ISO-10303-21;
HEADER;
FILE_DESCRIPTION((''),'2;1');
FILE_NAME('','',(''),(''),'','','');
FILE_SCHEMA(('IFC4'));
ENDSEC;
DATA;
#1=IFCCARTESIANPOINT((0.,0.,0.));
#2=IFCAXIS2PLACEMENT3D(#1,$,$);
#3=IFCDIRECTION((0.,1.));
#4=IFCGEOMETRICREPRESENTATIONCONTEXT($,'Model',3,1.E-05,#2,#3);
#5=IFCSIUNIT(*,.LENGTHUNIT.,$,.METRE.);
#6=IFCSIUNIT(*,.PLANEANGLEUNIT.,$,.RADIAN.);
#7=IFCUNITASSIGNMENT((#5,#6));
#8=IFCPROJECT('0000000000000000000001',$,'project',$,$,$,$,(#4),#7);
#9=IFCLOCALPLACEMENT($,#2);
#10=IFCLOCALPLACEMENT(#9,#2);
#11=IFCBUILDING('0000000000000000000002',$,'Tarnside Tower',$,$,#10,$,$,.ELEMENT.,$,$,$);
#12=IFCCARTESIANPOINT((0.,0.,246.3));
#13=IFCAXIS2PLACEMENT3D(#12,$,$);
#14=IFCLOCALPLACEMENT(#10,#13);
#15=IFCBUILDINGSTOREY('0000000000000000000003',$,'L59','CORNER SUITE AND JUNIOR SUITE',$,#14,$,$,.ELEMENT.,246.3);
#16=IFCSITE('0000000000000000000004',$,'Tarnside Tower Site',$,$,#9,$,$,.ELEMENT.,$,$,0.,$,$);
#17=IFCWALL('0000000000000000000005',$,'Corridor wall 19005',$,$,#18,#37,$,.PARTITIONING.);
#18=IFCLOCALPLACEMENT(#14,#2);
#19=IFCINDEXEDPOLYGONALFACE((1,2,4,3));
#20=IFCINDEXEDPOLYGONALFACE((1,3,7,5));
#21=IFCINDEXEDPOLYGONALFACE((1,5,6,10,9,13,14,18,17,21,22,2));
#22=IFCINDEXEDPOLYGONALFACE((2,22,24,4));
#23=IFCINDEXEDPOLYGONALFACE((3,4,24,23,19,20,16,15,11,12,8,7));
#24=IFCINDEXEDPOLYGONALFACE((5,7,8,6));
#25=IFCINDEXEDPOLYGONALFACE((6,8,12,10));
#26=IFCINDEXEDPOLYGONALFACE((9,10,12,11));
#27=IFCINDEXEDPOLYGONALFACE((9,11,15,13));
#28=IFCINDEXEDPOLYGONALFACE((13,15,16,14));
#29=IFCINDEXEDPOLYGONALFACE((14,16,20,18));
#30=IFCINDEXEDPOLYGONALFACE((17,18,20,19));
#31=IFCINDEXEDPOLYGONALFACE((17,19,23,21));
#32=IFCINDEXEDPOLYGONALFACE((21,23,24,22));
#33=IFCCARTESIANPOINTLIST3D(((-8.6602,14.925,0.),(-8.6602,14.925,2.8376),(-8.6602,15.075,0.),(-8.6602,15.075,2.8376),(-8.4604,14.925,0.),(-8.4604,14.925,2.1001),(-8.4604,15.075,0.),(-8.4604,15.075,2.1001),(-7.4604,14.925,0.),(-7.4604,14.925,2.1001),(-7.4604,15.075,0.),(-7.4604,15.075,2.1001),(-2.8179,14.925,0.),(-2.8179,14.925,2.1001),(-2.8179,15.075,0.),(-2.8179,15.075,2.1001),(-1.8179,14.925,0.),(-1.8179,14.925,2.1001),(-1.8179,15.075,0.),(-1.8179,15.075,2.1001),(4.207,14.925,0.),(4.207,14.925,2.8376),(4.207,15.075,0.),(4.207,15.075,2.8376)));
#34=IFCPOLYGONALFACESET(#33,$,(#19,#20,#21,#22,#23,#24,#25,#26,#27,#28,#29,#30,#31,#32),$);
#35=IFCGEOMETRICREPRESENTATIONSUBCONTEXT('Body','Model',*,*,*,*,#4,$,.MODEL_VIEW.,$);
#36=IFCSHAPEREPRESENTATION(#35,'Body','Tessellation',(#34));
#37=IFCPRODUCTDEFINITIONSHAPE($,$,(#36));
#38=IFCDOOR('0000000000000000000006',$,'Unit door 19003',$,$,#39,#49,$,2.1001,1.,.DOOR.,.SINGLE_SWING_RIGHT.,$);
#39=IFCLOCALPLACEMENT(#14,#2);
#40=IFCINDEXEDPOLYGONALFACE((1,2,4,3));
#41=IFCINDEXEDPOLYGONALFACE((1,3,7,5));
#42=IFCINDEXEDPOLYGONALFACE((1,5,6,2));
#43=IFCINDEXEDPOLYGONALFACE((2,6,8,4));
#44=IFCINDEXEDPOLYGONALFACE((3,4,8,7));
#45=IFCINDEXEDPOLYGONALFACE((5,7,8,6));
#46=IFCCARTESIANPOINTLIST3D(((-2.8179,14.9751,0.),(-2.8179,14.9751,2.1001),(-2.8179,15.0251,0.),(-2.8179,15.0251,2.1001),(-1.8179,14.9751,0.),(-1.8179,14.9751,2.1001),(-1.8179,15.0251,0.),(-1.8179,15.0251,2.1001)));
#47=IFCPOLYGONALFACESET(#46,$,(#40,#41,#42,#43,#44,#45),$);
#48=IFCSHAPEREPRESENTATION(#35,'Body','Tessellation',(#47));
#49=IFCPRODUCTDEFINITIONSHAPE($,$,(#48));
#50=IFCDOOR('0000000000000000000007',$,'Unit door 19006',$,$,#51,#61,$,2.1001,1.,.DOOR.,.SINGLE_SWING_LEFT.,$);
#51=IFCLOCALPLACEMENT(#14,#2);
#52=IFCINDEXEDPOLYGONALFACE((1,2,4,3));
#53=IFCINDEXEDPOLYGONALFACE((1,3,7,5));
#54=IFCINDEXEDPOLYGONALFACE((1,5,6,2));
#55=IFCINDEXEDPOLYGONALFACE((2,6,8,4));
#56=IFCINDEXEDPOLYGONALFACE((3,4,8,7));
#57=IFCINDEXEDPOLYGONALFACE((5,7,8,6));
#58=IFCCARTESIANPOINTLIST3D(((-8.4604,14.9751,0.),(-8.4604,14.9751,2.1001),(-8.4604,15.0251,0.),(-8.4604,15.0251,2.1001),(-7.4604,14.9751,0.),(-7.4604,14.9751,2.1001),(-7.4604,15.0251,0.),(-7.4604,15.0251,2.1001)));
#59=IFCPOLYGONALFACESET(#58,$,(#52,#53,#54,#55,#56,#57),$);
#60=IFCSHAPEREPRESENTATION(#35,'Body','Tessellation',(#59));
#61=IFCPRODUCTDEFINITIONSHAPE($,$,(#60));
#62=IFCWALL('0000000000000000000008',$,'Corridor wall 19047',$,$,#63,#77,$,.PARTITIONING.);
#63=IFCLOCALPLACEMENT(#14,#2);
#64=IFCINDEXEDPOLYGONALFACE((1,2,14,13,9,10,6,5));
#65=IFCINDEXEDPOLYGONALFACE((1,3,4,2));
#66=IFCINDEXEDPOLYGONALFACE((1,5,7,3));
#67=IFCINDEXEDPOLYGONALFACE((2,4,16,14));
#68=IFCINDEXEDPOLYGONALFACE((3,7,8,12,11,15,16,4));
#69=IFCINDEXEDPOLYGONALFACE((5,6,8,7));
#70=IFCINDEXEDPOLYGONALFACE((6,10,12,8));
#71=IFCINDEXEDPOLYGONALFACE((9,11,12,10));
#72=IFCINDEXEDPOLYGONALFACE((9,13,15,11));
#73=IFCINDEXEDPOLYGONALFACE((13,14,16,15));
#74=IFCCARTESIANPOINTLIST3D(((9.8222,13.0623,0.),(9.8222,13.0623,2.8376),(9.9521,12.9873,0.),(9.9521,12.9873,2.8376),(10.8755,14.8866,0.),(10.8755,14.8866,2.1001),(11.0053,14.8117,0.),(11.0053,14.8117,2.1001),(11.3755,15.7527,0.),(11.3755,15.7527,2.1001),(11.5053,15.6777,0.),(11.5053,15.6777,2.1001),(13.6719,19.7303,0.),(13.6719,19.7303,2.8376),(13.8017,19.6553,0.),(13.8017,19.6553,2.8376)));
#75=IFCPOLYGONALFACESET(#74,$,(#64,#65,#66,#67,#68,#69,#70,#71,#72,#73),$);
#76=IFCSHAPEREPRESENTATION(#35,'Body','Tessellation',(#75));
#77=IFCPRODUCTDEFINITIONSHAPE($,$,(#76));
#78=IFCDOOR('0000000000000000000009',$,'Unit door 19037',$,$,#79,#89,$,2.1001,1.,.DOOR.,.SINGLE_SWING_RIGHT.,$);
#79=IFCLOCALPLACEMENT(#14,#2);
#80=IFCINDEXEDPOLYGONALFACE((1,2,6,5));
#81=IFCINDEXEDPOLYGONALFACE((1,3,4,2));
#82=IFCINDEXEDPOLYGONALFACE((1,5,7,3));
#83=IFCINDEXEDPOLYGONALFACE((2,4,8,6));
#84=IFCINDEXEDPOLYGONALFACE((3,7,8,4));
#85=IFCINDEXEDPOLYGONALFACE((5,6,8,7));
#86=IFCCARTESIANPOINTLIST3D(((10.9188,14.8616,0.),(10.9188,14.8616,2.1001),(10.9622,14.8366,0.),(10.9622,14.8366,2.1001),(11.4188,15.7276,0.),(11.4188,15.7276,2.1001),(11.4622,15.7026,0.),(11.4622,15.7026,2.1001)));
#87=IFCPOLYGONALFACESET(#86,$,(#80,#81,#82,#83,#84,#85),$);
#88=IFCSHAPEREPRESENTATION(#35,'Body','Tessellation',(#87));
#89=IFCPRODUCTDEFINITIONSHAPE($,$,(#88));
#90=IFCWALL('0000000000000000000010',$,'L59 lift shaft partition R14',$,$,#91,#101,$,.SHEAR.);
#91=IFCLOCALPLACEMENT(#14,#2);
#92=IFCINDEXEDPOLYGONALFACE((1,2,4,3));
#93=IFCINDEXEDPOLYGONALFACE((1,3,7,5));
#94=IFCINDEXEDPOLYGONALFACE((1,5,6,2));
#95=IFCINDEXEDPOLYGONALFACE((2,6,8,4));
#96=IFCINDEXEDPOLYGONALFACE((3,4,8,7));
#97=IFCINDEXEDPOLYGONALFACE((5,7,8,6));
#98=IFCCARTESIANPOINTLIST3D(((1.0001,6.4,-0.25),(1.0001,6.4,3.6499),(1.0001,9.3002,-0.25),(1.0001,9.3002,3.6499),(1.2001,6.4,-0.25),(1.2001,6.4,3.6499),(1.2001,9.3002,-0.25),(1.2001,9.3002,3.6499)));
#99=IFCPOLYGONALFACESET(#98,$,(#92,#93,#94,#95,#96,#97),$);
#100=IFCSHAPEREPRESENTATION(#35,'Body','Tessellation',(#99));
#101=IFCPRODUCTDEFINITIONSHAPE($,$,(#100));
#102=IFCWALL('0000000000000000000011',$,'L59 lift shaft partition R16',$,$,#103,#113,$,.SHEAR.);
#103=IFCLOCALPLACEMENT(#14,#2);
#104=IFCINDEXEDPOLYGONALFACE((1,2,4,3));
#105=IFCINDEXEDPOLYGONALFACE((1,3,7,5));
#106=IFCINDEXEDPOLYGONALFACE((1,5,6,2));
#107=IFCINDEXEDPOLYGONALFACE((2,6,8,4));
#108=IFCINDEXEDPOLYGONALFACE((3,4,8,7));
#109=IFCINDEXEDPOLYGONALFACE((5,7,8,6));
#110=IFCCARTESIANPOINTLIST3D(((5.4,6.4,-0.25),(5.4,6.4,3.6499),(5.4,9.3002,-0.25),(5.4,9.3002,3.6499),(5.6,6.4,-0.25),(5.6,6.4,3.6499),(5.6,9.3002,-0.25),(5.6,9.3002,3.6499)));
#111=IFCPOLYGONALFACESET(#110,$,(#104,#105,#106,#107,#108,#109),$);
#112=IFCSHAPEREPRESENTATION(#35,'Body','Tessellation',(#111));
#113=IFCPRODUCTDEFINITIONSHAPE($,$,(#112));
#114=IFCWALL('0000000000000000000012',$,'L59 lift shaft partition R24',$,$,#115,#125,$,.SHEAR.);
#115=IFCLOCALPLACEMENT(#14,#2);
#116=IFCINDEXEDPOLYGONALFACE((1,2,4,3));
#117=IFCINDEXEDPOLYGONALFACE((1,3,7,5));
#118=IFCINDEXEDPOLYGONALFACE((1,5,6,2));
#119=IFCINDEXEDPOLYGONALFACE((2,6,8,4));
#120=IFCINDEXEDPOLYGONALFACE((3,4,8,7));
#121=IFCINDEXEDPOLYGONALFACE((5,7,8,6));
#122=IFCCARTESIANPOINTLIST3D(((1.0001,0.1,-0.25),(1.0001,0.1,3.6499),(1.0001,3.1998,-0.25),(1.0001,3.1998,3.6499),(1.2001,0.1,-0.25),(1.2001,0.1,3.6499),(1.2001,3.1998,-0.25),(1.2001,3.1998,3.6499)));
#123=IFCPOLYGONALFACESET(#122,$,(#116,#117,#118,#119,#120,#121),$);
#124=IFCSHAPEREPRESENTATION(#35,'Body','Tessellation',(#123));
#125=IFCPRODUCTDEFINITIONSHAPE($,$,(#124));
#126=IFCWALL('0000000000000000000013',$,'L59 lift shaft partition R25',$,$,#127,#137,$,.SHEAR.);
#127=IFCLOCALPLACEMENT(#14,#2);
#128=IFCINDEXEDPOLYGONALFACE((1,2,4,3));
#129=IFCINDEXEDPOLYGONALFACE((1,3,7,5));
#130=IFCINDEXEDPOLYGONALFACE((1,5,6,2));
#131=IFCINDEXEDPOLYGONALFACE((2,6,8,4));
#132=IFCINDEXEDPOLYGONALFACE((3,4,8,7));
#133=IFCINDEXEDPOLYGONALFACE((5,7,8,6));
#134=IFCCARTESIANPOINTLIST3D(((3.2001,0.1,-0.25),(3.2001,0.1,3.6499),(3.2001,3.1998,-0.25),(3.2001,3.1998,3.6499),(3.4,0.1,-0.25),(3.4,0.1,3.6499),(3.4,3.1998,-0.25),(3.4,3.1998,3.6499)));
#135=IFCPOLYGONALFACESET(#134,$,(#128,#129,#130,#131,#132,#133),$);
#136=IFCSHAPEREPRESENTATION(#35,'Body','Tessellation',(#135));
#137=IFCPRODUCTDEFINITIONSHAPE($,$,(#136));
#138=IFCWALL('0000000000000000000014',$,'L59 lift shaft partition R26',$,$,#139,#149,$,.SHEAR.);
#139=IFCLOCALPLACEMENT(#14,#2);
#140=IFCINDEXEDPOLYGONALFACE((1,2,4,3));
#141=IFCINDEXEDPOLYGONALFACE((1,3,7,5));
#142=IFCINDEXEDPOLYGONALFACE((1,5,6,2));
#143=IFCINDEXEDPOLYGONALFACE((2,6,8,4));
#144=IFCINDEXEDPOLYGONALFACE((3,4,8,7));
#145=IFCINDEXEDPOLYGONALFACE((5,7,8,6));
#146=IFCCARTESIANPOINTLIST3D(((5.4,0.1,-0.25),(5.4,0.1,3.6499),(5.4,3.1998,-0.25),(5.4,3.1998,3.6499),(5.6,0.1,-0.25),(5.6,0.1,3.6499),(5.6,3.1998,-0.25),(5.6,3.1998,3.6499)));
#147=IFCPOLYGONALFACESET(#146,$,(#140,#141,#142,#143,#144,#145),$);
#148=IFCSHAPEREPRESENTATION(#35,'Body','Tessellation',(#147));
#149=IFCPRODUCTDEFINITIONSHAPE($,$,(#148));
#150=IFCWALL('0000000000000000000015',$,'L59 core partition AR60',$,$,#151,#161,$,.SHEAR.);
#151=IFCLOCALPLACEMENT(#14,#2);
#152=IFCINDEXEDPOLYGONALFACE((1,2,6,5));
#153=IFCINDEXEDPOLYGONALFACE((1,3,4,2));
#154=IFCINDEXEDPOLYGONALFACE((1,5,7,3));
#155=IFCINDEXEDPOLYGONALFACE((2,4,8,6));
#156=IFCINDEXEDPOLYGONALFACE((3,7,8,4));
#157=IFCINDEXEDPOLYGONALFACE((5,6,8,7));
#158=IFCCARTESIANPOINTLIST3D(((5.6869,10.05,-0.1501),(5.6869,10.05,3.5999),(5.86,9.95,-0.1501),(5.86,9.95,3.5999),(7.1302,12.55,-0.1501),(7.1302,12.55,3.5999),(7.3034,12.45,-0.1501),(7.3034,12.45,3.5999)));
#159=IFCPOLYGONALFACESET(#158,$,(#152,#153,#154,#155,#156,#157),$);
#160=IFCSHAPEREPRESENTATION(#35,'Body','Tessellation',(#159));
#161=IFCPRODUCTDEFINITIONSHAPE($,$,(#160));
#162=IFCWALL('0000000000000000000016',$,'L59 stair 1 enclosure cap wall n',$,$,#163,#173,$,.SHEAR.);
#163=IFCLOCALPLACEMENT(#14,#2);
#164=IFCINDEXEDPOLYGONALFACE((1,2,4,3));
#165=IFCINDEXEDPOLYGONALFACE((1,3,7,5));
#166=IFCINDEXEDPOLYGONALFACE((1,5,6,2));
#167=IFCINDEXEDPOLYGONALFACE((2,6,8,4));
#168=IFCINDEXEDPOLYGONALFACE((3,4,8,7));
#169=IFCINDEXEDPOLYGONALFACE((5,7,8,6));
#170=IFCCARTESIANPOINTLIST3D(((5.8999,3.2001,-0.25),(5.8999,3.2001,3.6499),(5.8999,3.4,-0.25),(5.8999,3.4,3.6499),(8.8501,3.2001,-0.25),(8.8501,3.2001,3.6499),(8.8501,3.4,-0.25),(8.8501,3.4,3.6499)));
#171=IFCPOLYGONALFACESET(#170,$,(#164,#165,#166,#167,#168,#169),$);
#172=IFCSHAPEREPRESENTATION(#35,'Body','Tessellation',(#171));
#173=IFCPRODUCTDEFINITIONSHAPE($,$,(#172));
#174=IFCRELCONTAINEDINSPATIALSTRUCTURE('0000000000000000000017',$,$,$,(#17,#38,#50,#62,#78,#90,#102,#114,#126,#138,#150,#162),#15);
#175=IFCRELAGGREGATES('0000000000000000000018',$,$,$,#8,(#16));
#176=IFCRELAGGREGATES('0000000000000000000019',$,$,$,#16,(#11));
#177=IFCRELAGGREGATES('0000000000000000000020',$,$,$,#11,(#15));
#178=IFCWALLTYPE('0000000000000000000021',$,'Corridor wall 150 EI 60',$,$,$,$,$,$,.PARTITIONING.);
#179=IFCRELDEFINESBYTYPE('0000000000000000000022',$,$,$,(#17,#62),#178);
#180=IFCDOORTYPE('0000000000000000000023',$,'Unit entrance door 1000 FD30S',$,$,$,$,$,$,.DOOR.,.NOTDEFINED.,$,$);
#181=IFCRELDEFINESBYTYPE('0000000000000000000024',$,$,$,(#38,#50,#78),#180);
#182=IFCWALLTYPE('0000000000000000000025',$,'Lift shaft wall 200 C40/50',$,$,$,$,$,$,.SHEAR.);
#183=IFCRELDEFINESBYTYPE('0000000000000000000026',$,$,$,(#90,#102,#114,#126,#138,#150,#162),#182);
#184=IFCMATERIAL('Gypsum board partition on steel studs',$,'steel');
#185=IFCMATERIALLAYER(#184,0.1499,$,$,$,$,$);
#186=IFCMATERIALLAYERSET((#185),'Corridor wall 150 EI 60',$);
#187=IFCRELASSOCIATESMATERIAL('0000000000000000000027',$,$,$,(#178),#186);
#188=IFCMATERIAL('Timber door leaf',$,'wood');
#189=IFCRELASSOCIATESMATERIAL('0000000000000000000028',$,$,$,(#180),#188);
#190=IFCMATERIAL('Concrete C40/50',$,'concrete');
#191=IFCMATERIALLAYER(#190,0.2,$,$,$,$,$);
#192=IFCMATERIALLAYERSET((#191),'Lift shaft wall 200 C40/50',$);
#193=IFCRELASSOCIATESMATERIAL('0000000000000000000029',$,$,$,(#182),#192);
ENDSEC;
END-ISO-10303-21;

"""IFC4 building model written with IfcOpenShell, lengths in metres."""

from ifc_helpers import new_model, si_unit, direction, frame, frame_2d, origin, place, context, subcontext, project, spatial, rectangle, extrude, material, layer, layer_set, type_object, element, fill, save


model = new_model("IFC4")

# Units and contexts
model_context = context("Model", 3, precision=1e-05, world=origin(), true_north=direction((0.0, 1.0)))
body_context = subcontext(model_context, "Body", "Model", "MODEL_VIEW")
ifc_project = project(units=[si_unit("LENGTHUNIT", "METRE"), si_unit("PLANEANGLEUNIT", "RADIAN")], contexts=[model_context])

# Site, building, storey
site_placement = place(None, origin())
site = spatial("IfcSite", under=ifc_project, at=site_placement, Name="Tarnside Tower Site", CompositionType="ELEMENT", RefElevation=0.0)
building_placement = place(site_placement, origin())
building = spatial("IfcBuilding", under=site, at=building_placement, Name="Tarnside Tower", CompositionType="ELEMENT")
storey_placement = place(building_placement, frame((0.0, 0.0, 246.3)))
storey = spatial("IfcBuildingStorey", under=building, at=storey_placement, Name="L59", Description="CORNER SUITE AND JUNIOR SUITE", CompositionType="ELEMENT", Elevation=246.3)

# Shared definitions
ifc_material_1 = material(Name="Gypsum board partition on steel studs", Category="steel")
ifc_material_2 = material(Name="Timber door leaf", Category="wood")

# Wall, openings, doors
ifc_layer_1 = layer(ifc_material_1, 0.1499)
ifc_layer_set_1 = layer_set([ifc_layer_1], Name="Corridor wall 150 EI 60")
wall_type_1 = type_object("IfcWallType", Name="Corridor wall 150 EI 60", PredefinedType="PARTITIONING", material=ifc_layer_set_1)
wall_1_placement = place(storey_placement, frame((4.207, 15.0, 0.0), z_axis=(0.0, 0.0, 1.0), x_axis=(-1.0, 0.0, 0.0)))
wall_1 = element("IfcWall", 1, at=wall_1_placement, inside=storey, type_object=wall_type_1, Name="Corridor wall 19005", PredefinedType="PARTITIONING", context=body_context, shape_type="SweptSolid", body=[
    extrude(rectangle(XDim=12.8672, YDim=0.1499, at=frame_2d((6.4336, 0.0))), origin(), (0.0, 0.0, 1.0), 2.8376),
])
opening_1_placement = place(wall_1_placement, frame((6.0249, 0.0, 0.0)))
opening_1 = element("IfcOpeningElement", 2, at=opening_1_placement, cuts=wall_1, PredefinedType="OPENING", context=body_context, shape_type="SweptSolid", body=[
    extrude(rectangle(XDim=1.0, YDim=2.1001, at=frame_2d((0.5, 1.05))), frame((0.0, 0.085, 0.0), z_axis=(0.0, -1.0, 0.0), x_axis=(1.0, 0.0, 0.0)), (0.0, 0.0, 1.0), 0.1699),
])
opening_2_placement = place(wall_1_placement, frame((11.6675, 0.0, 0.0)))
opening_2 = element("IfcOpeningElement", 3, at=opening_2_placement, cuts=wall_1, PredefinedType="OPENING", context=body_context, shape_type="SweptSolid", body=[
    extrude(rectangle(XDim=1.0, YDim=2.1001, at=frame_2d((0.5, 1.05))), frame((0.0, 0.085, 0.0), z_axis=(0.0, -1.0, 0.0), x_axis=(1.0, 0.0, 0.0)), (0.0, 0.0, 1.0), 0.1699),
])
door_type_1 = type_object("IfcDoorType", Name="Unit entrance door 1000 FD30S", OperationType="NOTDEFINED", PredefinedType="DOOR", material=ifc_material_2)
door_1_placement = place(opening_1_placement, origin())
door_1 = element("IfcDoor", 4, at=door_1_placement, inside=storey, type_object=door_type_1, Name="Unit door 19003", OperationType="SINGLE_SWING_RIGHT", OverallHeight=2.1001, OverallWidth=1.0, PredefinedType="DOOR", context=body_context, shape_type="SweptSolid", body=[
    extrude(rectangle(XDim=1.0, YDim=2.1001, at=frame_2d((0.5, 1.05))), frame((0.0, 0.0249, 0.0), z_axis=(0.0, -1.0, 0.0), x_axis=(1.0, 0.0, 0.0)), (0.0, 0.0, 1.0), 0.05),
])
fill(opening_1, door_1)
door_2_placement = place(opening_2_placement, origin())
door_2 = element("IfcDoor", 5, at=door_2_placement, inside=storey, type_object=door_type_1, Name="Unit door 19006", OperationType="SINGLE_SWING_LEFT", OverallHeight=2.1001, OverallWidth=1.0, PredefinedType="DOOR", context=body_context, shape_type="SweptSolid", body=[
    extrude(rectangle(XDim=1.0, YDim=2.1001, at=frame_2d((0.5, 1.05))), frame((0.0, 0.0249, 0.0), z_axis=(0.0, -1.0, 0.0), x_axis=(1.0, 0.0, 0.0)), (0.0, 0.0, 1.0), 0.05),
])
fill(opening_2, door_2)

# Wall, opening, door
wall_2_placement = place(storey_placement, frame((9.8872, 13.0249, 0.0), z_axis=(0.0, 0.0, 1.0), x_axis=(0.499986, 0.866034, 0.0)))
wall_2 = element("IfcWall", 6, at=wall_2_placement, inside=storey, type_object=wall_type_1, Name="Corridor wall 19047", PredefinedType="PARTITIONING", context=body_context, shape_type="SweptSolid", body=[
    extrude(rectangle(XDim=7.6995, YDim=0.1499, at=frame_2d((3.8496, 0.0))), origin(), (0.0, 0.0, 1.0), 2.8376),
])
opening_3_placement = place(wall_2_placement, frame((2.1064, 0.0, 0.0)))
opening_3 = element("IfcOpeningElement", 7, at=opening_3_placement, cuts=wall_2, PredefinedType="OPENING", context=body_context, shape_type="SweptSolid", body=[
    extrude(rectangle(XDim=1.0, YDim=2.1001, at=frame_2d((0.5, 1.05))), frame((0.0, 0.085, 0.0), z_axis=(0.0, -1.0, 0.0), x_axis=(1.0, 0.0, 0.0)), (0.0, 0.0, 1.0), 0.1699),
])
door_3_placement = place(opening_3_placement, origin())
door_3 = element("IfcDoor", 8, at=door_3_placement, inside=storey, type_object=door_type_1, Name="Unit door 19037", OperationType="SINGLE_SWING_RIGHT", OverallHeight=2.1001, OverallWidth=1.0, PredefinedType="DOOR", context=body_context, shape_type="SweptSolid", body=[
    extrude(rectangle(XDim=1.0, YDim=2.1001, at=frame_2d((0.5, 1.05))), frame((0.0, 0.0249, 0.0), z_axis=(0.0, -1.0, 0.0), x_axis=(1.0, 0.0, 0.0)), (0.0, 0.0, 1.0), 0.05),
])
fill(opening_3, door_3)

# Walls
ifc_material_3 = material(Name="Concrete C40/50", Category="concrete")
ifc_layer_2 = layer(ifc_material_3, 0.2)
ifc_layer_set_2 = layer_set([ifc_layer_2], Name="Lift shaft wall 200 C40/50")
wall_type_2 = type_object("IfcWallType", Name="Lift shaft wall 200 C40/50", PredefinedType="SHEAR", material=ifc_layer_set_2)
for number, where, z_axis, x_axis, name in (
    (9, (1.1001, 6.3999, -0.25), (0.0, 0.0, 1.0), (0.0, 1.0, 0.0), "L59 lift shaft partition R14"),
    (10, (5.5, 6.3999, -0.25), (0.0, 0.0, 1.0), (0.0, 1.0, 0.0), "L59 lift shaft partition R16"),
):
    element("IfcWall", number, at=place(storey_placement, frame(where, z_axis=z_axis, x_axis=x_axis)), inside=storey, type_object=wall_type_2, Name=name, PredefinedType="SHEAR", context=body_context, shape_type="SweptSolid", body=[
        extrude(rectangle(XDim=2.9001, YDim=0.2, at=frame_2d((1.4502, 0.0))), origin(), (0.0, 0.0, 1.0), 3.8999),
    ])
for number, where, z_axis, x_axis, name in (
    (11, (1.1001, 0.1001, -0.25), (0.0, 0.0, 1.0), (0.0, 1.0, 0.0), "L59 lift shaft partition R24"),
    (12, (3.3, 0.1001, -0.25), (0.0, 0.0, 1.0), (0.0, 1.0, 0.0), "L59 lift shaft partition R25"),
    (13, (5.5, 0.1001, -0.25), (0.0, 0.0, 1.0), (0.0, 1.0, 0.0), "L59 lift shaft partition R26"),
):
    element("IfcWall", number, at=place(storey_placement, frame(where, z_axis=z_axis, x_axis=x_axis)), inside=storey, type_object=wall_type_2, Name=name, PredefinedType="SHEAR", context=body_context, shape_type="SweptSolid", body=[
        extrude(rectangle(XDim=3.0999, YDim=0.2, at=frame_2d((1.5498, 0.0))), origin(), (0.0, 0.0, 1.0), 3.8999),
    ])
wall_3_placement = place(storey_placement, frame((5.7734, 10.0, -0.1501), z_axis=(0.0, 0.0, 1.0), x_axis=(0.499996, 0.866028, 0.0)))
element("IfcWall", 14, at=wall_3_placement, inside=storey, type_object=wall_type_2, Name="L59 core partition AR60", PredefinedType="SHEAR", context=body_context, shape_type="SweptSolid", body=[
    extrude(rectangle(XDim=2.8867, YDim=0.2, at=frame_2d((1.4434, 0.0))), origin(), (0.0, 0.0, 1.0), 3.75),
])
wall_4_placement = place(storey_placement, frame((5.8999, 3.3, -0.25), z_axis=(0.0, 0.0, 1.0), x_axis=(1.0, 0.0, 0.0)))
element("IfcWall", 15, at=wall_4_placement, inside=storey, type_object=wall_type_2, Name="L59 stair 1 enclosure cap wall n", PredefinedType="SHEAR", context=body_context, shape_type="SweptSolid", body=[
    extrude(rectangle(XDim=2.9502, YDim=0.2, at=frame_2d((1.4751, 0.0))), origin(), (0.0, 0.0, 1.0), 3.8999),
])

save(model, "model.ifc")
